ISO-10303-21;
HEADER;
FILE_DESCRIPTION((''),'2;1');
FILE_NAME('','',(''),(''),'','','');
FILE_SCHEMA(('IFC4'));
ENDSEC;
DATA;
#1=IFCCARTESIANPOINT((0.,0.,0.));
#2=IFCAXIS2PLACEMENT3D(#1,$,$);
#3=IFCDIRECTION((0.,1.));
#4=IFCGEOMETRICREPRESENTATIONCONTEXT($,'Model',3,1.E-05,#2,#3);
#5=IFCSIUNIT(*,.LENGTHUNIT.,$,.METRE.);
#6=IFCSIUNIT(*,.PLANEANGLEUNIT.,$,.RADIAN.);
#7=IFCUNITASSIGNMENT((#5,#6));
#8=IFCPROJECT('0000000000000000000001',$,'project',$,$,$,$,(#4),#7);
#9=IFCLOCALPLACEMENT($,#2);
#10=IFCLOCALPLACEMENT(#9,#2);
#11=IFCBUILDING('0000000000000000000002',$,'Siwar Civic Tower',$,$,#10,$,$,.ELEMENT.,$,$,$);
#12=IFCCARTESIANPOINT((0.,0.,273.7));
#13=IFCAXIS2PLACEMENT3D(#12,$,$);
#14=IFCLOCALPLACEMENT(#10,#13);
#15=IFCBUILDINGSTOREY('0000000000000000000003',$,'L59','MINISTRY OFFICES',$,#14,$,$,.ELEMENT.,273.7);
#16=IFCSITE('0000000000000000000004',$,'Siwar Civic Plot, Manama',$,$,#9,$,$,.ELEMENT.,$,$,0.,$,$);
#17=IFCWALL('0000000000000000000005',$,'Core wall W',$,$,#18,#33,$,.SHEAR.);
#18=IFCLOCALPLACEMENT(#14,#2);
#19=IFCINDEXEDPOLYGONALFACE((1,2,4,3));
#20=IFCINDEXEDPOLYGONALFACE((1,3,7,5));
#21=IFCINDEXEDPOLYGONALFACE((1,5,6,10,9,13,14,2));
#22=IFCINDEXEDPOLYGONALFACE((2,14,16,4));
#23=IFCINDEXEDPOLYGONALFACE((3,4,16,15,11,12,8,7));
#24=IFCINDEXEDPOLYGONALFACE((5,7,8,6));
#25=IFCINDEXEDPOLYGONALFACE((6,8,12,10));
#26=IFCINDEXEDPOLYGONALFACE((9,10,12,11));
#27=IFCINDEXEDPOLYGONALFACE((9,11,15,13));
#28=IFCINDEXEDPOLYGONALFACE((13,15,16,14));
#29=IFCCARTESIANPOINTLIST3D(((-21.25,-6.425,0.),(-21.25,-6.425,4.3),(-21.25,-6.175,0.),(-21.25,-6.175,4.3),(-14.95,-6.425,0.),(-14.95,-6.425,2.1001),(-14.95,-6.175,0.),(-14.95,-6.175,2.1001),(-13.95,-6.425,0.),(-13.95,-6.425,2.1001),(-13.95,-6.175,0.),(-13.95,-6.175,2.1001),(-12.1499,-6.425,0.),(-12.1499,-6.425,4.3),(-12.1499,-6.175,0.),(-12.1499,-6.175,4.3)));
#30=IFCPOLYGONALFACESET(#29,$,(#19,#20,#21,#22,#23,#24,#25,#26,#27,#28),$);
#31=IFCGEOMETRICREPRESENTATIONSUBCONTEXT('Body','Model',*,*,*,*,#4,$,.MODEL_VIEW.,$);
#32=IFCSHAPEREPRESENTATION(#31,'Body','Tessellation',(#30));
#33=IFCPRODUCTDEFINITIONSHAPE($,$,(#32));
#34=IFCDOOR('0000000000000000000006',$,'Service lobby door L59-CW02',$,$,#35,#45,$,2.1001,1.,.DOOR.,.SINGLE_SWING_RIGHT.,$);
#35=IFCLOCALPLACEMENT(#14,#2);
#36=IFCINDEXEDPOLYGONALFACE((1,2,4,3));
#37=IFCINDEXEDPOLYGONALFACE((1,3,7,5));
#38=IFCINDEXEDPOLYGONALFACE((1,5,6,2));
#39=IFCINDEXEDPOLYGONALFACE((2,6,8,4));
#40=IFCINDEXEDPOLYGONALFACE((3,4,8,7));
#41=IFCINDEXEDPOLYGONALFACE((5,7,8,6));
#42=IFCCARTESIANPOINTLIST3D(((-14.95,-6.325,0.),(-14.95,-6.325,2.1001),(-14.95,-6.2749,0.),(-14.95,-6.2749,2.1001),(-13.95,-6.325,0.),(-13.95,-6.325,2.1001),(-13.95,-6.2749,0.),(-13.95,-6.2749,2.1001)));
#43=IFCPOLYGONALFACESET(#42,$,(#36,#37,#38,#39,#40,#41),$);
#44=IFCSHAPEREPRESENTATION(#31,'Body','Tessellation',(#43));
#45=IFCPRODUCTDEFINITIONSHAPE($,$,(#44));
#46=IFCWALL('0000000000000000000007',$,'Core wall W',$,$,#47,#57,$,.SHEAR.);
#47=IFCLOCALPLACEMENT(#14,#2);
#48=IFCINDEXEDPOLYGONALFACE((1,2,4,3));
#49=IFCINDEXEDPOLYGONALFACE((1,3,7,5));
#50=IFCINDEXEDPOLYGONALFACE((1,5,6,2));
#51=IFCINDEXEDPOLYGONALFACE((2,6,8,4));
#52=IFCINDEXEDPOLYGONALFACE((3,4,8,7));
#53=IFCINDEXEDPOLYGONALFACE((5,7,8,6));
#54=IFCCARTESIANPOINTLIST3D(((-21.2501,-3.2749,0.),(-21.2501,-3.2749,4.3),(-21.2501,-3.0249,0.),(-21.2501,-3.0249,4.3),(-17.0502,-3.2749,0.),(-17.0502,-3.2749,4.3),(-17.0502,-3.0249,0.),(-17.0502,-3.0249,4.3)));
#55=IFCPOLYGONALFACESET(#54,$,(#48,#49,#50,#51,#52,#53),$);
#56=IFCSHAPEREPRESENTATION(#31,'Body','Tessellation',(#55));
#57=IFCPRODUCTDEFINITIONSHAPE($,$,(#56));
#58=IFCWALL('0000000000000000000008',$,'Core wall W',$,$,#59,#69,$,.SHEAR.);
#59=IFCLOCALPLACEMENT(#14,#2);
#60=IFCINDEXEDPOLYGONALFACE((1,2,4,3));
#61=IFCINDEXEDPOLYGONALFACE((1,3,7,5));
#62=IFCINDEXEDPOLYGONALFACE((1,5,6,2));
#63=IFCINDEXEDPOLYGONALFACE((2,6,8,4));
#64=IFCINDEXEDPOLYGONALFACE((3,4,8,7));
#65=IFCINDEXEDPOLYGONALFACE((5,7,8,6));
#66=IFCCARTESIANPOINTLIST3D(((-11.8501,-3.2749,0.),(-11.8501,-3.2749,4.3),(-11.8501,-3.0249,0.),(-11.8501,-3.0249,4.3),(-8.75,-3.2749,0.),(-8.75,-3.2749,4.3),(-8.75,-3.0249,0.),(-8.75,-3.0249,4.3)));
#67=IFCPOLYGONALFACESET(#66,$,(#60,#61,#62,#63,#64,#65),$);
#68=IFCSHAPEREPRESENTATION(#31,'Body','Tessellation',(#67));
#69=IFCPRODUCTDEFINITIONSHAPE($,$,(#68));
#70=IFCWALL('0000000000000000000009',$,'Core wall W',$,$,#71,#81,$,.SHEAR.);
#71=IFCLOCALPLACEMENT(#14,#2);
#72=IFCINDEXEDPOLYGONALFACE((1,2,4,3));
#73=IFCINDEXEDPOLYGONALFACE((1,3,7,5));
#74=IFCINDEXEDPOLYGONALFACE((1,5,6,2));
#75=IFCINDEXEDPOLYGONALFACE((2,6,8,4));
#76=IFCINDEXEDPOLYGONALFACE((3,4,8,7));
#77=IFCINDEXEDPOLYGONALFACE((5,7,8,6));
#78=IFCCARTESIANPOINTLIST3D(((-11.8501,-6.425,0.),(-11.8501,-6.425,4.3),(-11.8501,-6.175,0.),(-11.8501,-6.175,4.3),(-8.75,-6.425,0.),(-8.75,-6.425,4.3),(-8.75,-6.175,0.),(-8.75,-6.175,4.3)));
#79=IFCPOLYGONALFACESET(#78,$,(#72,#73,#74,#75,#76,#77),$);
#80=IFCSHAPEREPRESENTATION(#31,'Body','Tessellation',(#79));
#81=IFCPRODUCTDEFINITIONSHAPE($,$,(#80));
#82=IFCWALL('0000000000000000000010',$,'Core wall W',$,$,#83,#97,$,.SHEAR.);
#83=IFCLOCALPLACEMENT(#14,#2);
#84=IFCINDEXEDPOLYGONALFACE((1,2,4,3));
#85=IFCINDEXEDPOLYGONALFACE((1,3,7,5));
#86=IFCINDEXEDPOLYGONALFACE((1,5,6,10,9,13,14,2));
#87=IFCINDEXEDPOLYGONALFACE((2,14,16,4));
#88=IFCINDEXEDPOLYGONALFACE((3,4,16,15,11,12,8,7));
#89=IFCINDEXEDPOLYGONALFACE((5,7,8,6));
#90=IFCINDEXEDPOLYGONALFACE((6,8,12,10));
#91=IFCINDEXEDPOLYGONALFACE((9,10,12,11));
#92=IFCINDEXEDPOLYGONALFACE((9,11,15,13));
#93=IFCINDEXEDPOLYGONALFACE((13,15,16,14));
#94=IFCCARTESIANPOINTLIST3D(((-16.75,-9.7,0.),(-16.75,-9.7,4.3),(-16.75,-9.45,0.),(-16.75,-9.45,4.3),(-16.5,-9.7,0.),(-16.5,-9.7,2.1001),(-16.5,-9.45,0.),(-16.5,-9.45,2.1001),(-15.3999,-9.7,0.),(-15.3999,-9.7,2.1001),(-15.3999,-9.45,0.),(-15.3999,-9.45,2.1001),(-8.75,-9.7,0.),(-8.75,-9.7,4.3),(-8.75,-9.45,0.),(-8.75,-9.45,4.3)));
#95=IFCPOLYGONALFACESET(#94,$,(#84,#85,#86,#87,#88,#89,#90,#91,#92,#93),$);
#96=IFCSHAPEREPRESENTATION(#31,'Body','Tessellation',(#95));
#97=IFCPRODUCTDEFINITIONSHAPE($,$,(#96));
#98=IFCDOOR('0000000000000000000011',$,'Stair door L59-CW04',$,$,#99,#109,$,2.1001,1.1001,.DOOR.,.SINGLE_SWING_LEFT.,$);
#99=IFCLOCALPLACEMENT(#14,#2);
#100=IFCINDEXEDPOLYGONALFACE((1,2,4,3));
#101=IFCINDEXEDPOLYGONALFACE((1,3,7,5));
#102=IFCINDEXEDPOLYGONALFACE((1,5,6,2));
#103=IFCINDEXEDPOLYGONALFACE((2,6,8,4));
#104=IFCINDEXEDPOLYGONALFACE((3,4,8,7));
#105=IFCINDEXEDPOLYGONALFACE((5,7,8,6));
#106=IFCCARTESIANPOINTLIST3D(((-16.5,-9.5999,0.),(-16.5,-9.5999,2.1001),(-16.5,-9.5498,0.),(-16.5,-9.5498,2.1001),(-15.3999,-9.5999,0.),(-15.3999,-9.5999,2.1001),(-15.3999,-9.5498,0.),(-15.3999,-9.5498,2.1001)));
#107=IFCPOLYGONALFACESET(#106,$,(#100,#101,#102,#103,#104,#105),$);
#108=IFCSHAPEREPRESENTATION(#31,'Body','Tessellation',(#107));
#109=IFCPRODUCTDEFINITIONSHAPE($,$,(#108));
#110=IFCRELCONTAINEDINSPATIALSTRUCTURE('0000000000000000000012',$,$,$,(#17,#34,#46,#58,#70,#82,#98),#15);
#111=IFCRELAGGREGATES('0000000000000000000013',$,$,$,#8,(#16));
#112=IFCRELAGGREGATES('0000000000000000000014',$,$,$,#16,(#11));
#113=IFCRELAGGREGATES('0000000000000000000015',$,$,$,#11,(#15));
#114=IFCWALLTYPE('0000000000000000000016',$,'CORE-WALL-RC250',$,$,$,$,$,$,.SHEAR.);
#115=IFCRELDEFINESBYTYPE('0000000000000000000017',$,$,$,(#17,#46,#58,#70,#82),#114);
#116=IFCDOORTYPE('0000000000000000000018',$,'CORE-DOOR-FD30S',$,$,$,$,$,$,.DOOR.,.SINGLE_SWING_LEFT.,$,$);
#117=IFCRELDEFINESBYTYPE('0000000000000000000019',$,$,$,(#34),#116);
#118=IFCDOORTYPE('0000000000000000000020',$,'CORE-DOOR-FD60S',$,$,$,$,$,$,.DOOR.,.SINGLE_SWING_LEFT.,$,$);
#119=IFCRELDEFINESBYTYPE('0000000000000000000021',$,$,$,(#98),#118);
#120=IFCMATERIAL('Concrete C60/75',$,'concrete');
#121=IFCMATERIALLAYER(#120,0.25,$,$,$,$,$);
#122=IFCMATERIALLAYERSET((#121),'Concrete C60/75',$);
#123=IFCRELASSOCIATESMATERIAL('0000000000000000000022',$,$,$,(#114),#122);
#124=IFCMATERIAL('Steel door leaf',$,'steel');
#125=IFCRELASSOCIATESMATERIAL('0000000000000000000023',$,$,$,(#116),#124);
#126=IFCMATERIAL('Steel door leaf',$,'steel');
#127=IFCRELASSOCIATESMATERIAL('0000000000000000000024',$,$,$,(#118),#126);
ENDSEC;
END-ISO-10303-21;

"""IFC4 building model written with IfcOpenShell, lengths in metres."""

from ifc_helpers import new_model, si_unit, direction, frame, frame_2d, origin, place, context, subcontext, project, spatial, rectangle, extrude, material, layer, layer_set, type_object, element, fill, save


model = new_model("IFC4")

# Units and contexts
model_context = context("Model", 3, precision=1e-05, world=origin(), true_north=direction((0.0, 1.0)))
body_context = subcontext(model_context, "Body", "Model", "MODEL_VIEW")
ifc_project = project(units=[si_unit("LENGTHUNIT", "METRE"), si_unit("PLANEANGLEUNIT", "RADIAN")], contexts=[model_context])

# Site, building, storey
site_placement = place(None, origin())
site = spatial("IfcSite", under=ifc_project, at=site_placement, Name="Siwar Civic Plot, Manama", CompositionType="ELEMENT", RefElevation=0.0)
building_placement = place(site_placement, origin())
building = spatial("IfcBuilding", under=site, at=building_placement, Name="Siwar Civic Tower", CompositionType="ELEMENT")
storey_placement = place(building_placement, frame((0.0, 0.0, 273.7)))
storey = spatial("IfcBuildingStorey", under=building, at=storey_placement, Name="L59", Description="MINISTRY OFFICES", CompositionType="ELEMENT", Elevation=273.7)

# Wall, opening, door
ifc_material_1 = material(Name="Concrete C60/75", Category="concrete")
ifc_layer_1 = layer(ifc_material_1, 0.25)
ifc_layer_set_1 = layer_set([ifc_layer_1], Name="Concrete C60/75")
wall_type_1 = type_object("IfcWallType", Name="CORE-WALL-RC250", PredefinedType="SHEAR", material=ifc_layer_set_1)
wall_1_placement = place(storey_placement, frame((-12.1499, -6.3, 0.0), z_axis=(0.0, 0.0, 1.0), x_axis=(-1.0, 0.0, 0.0)))
wall_1 = element("IfcWall", 1, at=wall_1_placement, inside=storey, type_object=wall_type_1, Name="Core wall W", PredefinedType="SHEAR", context=body_context, shape_type="SweptSolid", body=[
    extrude(rectangle(XDim=9.1001, YDim=0.25, at=frame_2d((4.55, 0.0))), origin(), (0.0, 0.0, 1.0), 4.3),
])
opening_1_placement = place(wall_1_placement, frame((1.8, 0.0, 0.0)))
opening_1 = element("IfcOpeningElement", 2, at=opening_1_placement, cuts=wall_1, PredefinedType="OPENING", context=body_context, shape_type="SweptSolid", body=[
    extrude(rectangle(XDim=1.0, YDim=2.1001, at=frame_2d((0.5, 1.05))), frame((0.0, 0.135, 0.0), z_axis=(0.0, -1.0, 0.0), x_axis=(1.0, 0.0, 0.0)), (0.0, 0.0, 1.0), 0.27),
])
ifc_material_2 = material(Name="Steel door leaf", Category="steel")
door_type_1 = type_object("IfcDoorType", Name="CORE-DOOR-FD30S", OperationType="SINGLE_SWING_LEFT", PredefinedType="DOOR", material=ifc_material_2)
door_1_placement = place(opening_1_placement, origin())
door_1 = element("IfcDoor", 3, at=door_1_placement, inside=storey, type_object=door_type_1, Name="Service lobby door L59-CW02", OperationType="SINGLE_SWING_RIGHT", OverallHeight=2.1001, OverallWidth=1.0, PredefinedType="DOOR", context=body_context, shape_type="SweptSolid", body=[
    extrude(rectangle(XDim=1.0, YDim=2.1001, at=frame_2d((0.5, 1.05))), frame((0.0, 0.0249, 0.0), z_axis=(0.0, -1.0, 0.0), x_axis=(1.0, 0.0, 0.0)), (0.0, 0.0, 1.0), 0.05),
])
fill(opening_1, door_1)

# Walls
wall_2_placement = place(storey_placement, frame((-17.05, -3.1499, 0.0), z_axis=(0.0, 0.0, 1.0), x_axis=(-1.0, 0.0, 0.0)))
element("IfcWall", 4, at=wall_2_placement, inside=storey, type_object=wall_type_1, Name="Core wall W", PredefinedType="SHEAR", context=body_context, shape_type="SweptSolid", body=[
    extrude(rectangle(XDim=4.2, YDim=0.25, at=frame_2d((2.1001, 0.0))), origin(), (0.0, 0.0, 1.0), 4.3),
])
for number, where, z_axis, x_axis, name in (
    (5, (-8.75, -3.1499, 0.0), (0.0, 0.0, 1.0), (-1.0, 0.0, 0.0), "Core wall W"),
    (6, (-8.75, -6.3, 0.0), (0.0, 0.0, 1.0), (-1.0, 0.0, 0.0), "Core wall W"),
):
    element("IfcWall", number, at=place(storey_placement, frame(where, z_axis=z_axis, x_axis=x_axis)), inside=storey, type_object=wall_type_1, Name=name, PredefinedType="SHEAR", context=body_context, shape_type="SweptSolid", body=[
        extrude(rectangle(XDim=3.1001, YDim=0.25, at=frame_2d((1.55, 0.0))), origin(), (0.0, 0.0, 1.0), 4.3),
    ])

# Wall, opening, door
wall_3_placement = place(storey_placement, frame((-8.75, -9.575, 0.0), z_axis=(0.0, 0.0, 1.0), x_axis=(-1.0, 0.0, 0.0)))
wall_3 = element("IfcWall", 7, at=wall_3_placement, inside=storey, type_object=wall_type_1, Name="Core wall W", PredefinedType="SHEAR", context=body_context, shape_type="SweptSolid", body=[
    extrude(rectangle(XDim=8.0, YDim=0.25, at=frame_2d((4.0, 0.0))), origin(), (0.0, 0.0, 1.0), 4.3),
])
opening_2_placement = place(wall_3_placement, frame((6.6499, 0.0, 0.0)))
opening_2 = element("IfcOpeningElement", 8, at=opening_2_placement, cuts=wall_3, PredefinedType="OPENING", context=body_context, shape_type="SweptSolid", body=[
    extrude(rectangle(XDim=1.1001, YDim=2.1001, at=frame_2d((0.55, 1.05))), frame((0.0, 0.135, 0.0), z_axis=(0.0, -1.0, 0.0), x_axis=(1.0, 0.0, 0.0)), (0.0, 0.0, 1.0), 0.27),
])
ifc_material_3 = material(Name="Steel door leaf", Category="steel")
door_type_2 = type_object("IfcDoorType", Name="CORE-DOOR-FD60S", OperationType="SINGLE_SWING_LEFT", PredefinedType="DOOR", material=ifc_material_3)
door_2_placement = place(opening_2_placement, origin())
door_2 = element("IfcDoor", 9, at=door_2_placement, inside=storey, type_object=door_type_2, Name="Stair door L59-CW04", OperationType="SINGLE_SWING_LEFT", OverallHeight=2.1001, OverallWidth=1.1001, PredefinedType="DOOR", context=body_context, shape_type="SweptSolid", body=[
    extrude(rectangle(XDim=1.1001, YDim=2.1001, at=frame_2d((0.55, 1.05))), frame((0.0, 0.0249, 0.0), z_axis=(0.0, -1.0, 0.0), x_axis=(1.0, 0.0, 0.0)), (0.0, 0.0, 1.0), 0.05),
])
fill(opening_2, door_2)

save(model, "model.ifc")
